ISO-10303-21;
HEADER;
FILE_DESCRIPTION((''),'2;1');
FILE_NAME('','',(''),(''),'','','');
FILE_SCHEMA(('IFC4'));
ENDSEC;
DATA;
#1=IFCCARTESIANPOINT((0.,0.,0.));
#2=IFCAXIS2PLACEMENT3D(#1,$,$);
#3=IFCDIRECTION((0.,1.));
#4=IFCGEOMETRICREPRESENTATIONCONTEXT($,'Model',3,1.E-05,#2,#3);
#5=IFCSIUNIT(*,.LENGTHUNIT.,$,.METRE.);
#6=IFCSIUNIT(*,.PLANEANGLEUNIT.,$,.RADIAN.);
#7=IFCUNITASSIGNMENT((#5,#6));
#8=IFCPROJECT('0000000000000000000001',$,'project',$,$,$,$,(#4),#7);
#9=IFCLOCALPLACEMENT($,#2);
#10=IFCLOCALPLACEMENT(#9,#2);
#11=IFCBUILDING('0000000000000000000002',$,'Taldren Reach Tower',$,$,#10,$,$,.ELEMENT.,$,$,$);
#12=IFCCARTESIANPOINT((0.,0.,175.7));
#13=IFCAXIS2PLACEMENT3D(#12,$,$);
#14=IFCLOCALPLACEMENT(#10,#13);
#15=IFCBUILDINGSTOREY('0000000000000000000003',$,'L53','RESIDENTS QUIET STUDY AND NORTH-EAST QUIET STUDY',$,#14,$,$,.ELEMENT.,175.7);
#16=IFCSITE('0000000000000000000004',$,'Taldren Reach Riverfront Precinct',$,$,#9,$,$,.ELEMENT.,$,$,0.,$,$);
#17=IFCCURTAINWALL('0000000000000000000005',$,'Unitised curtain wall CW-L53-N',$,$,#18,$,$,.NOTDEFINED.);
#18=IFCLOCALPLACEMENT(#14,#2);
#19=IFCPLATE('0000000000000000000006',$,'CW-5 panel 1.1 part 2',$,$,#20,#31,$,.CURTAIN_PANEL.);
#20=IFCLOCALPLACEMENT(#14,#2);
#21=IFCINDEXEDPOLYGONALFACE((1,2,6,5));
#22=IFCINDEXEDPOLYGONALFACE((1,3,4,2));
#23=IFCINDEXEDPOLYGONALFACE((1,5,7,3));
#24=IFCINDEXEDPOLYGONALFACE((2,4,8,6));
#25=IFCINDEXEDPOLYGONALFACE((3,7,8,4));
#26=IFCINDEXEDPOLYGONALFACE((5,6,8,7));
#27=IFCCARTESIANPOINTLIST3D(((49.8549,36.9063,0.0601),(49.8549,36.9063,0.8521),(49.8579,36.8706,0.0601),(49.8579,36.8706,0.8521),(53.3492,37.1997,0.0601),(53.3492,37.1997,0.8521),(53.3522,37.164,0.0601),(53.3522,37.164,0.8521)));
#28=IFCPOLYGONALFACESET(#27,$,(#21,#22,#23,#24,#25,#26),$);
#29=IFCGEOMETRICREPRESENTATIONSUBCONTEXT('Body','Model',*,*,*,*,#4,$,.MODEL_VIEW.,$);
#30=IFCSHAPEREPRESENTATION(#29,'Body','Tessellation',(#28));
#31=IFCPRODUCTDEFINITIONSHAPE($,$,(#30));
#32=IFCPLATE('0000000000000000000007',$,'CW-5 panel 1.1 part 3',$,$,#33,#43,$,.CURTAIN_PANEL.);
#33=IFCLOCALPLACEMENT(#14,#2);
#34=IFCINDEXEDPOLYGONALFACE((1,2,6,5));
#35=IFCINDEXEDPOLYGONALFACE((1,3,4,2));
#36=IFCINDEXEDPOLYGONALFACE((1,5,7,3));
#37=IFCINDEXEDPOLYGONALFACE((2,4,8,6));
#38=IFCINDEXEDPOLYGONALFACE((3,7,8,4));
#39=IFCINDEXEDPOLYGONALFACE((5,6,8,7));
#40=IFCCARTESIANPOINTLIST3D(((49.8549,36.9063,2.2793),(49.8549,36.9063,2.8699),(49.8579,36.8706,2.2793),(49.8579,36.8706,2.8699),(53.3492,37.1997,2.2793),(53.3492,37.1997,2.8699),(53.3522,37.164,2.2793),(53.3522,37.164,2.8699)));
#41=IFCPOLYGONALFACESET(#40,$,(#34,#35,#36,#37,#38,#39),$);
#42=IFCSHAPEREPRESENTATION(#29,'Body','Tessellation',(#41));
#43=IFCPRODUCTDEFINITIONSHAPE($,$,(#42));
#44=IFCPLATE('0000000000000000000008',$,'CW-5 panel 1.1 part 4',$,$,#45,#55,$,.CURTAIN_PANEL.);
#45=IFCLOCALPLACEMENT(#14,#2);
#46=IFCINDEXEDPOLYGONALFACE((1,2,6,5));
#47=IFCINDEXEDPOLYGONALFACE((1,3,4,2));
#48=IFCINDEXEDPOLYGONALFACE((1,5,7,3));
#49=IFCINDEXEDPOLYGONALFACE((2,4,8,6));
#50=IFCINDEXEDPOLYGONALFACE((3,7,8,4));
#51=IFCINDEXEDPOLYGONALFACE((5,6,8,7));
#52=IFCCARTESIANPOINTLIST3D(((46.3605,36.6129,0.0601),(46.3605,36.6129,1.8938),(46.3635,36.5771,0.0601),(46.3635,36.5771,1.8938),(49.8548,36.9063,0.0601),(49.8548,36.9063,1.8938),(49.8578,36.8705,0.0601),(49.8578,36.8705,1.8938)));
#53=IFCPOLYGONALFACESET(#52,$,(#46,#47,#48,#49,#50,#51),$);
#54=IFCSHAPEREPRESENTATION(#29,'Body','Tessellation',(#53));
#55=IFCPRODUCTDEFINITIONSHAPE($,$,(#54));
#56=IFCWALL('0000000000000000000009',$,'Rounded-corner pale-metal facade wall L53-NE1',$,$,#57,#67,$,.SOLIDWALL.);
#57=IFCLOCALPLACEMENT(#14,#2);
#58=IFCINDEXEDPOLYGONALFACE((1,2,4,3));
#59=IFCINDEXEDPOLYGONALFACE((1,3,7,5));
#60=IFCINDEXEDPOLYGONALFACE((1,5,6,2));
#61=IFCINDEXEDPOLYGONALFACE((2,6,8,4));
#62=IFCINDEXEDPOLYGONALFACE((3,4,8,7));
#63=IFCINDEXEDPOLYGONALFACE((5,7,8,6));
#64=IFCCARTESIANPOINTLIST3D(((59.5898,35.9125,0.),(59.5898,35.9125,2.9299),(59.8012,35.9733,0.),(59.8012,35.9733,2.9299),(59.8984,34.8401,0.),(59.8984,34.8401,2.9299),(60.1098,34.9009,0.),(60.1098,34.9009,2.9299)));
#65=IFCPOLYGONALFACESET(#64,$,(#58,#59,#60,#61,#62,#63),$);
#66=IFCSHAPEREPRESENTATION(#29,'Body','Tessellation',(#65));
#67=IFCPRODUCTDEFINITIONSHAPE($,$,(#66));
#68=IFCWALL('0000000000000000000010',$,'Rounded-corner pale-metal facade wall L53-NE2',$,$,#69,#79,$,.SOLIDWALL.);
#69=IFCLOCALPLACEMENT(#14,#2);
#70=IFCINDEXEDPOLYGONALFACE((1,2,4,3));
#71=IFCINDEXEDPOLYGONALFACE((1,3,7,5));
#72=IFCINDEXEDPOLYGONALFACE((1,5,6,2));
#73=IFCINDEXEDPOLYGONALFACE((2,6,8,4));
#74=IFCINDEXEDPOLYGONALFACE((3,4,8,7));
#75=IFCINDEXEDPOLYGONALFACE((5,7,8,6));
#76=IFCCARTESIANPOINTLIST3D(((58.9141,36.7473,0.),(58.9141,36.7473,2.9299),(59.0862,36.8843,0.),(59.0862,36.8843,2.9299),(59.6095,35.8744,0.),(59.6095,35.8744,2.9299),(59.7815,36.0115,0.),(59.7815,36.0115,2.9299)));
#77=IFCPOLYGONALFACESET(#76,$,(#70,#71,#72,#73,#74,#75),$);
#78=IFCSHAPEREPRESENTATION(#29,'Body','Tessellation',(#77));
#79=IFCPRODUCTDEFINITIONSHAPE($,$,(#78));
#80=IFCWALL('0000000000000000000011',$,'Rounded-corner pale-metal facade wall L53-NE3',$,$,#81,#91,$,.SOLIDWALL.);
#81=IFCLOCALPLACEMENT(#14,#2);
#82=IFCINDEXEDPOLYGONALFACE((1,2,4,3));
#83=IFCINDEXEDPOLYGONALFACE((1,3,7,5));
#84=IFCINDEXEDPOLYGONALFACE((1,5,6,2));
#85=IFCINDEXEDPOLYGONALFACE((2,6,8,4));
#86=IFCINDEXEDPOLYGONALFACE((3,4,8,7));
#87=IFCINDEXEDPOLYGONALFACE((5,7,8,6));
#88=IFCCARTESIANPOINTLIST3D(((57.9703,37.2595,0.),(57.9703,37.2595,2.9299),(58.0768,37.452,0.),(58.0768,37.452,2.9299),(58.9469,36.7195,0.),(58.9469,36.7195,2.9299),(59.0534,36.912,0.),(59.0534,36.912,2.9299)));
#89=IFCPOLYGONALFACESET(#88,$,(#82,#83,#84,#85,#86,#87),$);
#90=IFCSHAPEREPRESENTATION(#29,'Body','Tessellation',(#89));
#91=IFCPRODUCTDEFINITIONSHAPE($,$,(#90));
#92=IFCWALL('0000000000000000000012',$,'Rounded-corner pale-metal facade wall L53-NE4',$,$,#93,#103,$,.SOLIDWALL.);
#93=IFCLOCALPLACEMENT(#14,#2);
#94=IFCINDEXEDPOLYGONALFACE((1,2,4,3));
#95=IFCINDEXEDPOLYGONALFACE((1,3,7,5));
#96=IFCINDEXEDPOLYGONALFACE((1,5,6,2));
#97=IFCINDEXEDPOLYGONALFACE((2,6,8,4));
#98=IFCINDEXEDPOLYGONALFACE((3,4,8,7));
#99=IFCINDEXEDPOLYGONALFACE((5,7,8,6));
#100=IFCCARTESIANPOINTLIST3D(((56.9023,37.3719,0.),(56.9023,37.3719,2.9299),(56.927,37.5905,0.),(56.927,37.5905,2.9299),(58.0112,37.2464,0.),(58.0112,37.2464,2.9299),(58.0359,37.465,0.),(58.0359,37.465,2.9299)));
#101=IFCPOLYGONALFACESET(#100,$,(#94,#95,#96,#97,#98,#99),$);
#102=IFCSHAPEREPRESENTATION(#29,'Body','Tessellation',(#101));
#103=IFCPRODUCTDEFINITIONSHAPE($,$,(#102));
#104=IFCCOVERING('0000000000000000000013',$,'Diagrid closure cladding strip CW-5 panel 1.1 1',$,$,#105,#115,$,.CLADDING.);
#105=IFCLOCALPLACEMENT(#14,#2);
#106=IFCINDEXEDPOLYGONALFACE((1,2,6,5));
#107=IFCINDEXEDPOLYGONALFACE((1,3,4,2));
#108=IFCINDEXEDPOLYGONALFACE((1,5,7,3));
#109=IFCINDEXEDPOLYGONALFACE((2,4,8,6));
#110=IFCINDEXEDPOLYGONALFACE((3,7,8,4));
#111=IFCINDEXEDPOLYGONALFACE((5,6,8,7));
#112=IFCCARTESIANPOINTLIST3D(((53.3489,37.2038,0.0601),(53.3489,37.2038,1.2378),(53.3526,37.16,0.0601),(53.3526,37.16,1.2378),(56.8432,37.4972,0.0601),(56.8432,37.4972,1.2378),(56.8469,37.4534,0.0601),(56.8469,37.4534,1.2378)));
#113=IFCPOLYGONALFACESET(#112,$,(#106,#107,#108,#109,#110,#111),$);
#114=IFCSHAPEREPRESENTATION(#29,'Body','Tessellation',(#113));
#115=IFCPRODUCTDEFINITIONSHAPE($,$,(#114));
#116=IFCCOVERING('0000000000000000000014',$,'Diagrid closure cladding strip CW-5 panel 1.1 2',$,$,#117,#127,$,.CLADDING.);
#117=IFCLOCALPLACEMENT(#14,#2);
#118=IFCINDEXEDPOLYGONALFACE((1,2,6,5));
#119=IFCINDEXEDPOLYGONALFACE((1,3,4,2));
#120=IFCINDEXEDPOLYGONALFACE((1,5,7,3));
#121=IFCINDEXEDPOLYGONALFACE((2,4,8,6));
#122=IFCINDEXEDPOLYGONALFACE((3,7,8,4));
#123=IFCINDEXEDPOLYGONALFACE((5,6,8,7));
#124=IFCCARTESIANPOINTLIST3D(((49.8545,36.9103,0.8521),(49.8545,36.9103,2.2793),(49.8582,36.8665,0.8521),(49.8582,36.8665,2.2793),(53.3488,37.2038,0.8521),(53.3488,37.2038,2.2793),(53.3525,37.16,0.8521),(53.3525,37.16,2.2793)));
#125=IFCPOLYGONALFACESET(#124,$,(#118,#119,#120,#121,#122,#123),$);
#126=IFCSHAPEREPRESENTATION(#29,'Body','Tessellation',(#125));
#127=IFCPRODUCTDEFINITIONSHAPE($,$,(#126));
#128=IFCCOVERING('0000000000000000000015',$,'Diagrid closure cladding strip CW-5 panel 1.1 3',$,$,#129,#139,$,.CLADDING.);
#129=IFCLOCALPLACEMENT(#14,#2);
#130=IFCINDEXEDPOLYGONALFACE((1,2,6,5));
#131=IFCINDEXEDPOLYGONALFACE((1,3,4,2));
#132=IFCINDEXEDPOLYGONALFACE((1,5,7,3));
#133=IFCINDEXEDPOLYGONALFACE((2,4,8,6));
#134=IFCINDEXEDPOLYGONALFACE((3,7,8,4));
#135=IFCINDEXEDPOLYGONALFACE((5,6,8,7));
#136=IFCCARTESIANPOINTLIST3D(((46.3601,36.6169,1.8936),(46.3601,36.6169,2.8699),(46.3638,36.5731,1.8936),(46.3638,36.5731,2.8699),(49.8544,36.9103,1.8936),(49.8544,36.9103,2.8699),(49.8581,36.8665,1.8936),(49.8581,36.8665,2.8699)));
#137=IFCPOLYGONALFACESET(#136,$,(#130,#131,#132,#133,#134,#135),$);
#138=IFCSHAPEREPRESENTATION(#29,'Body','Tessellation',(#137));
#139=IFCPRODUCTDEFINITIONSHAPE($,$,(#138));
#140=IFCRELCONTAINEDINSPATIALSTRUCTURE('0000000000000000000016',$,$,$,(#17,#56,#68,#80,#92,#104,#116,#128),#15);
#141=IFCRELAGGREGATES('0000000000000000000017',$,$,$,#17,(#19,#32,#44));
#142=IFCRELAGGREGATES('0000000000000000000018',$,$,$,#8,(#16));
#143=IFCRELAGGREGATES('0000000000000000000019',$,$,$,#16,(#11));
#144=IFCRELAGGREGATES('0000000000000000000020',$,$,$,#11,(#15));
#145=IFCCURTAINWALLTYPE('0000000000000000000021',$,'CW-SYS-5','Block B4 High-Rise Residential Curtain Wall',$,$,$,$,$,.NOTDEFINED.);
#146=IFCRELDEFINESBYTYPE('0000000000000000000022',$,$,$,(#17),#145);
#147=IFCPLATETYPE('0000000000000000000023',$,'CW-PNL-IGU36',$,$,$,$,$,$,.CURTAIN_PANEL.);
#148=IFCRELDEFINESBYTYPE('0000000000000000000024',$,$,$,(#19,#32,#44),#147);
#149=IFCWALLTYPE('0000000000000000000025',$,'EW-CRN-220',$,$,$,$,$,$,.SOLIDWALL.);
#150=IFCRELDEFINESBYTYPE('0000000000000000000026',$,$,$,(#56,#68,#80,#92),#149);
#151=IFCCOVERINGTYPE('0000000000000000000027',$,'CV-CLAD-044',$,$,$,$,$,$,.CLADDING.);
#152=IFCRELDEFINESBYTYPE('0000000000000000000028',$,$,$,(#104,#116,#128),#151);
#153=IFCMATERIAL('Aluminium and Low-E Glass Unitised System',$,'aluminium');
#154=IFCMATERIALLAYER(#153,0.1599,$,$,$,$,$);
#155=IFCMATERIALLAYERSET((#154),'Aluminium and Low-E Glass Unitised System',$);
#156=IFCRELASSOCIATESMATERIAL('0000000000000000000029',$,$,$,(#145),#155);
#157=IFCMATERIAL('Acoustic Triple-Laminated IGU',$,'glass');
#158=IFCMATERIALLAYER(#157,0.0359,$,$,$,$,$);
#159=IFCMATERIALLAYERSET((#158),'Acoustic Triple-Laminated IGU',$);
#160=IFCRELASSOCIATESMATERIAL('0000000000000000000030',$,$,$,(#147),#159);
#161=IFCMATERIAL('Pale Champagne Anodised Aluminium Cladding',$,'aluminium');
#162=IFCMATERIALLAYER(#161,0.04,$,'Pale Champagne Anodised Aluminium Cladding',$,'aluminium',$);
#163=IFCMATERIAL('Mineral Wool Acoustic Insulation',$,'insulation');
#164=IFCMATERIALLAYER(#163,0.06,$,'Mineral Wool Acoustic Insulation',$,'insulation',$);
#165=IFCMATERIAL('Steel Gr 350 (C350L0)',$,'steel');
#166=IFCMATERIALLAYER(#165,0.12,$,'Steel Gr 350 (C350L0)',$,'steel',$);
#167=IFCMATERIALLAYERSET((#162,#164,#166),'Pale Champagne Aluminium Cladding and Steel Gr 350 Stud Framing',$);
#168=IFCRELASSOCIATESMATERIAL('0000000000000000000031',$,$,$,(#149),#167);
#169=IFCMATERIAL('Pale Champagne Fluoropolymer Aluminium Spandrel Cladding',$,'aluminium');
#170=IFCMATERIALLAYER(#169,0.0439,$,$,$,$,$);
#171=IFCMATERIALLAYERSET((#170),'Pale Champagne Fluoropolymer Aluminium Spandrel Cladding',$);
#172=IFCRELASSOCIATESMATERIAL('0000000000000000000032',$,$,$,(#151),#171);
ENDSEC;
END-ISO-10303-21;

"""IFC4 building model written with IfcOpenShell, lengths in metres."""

from ifc_helpers import new_model, si_unit, direction, frame, frame_2d, origin, origin_2d, place, context, subcontext, project, spatial, rectangle, extrude, source, transform, mapped, material, layer, layer_set, type_object, element, aggregate, save


model = new_model("IFC4")

# Units and contexts
model_context = context("Model", 3, precision=1e-05, world=origin(), true_north=direction((0.0, 1.0)))
body_context = subcontext(model_context, "Body", "Model", "MODEL_VIEW")
ifc_project = project(units=[si_unit("LENGTHUNIT", "METRE"), si_unit("PLANEANGLEUNIT", "RADIAN")], contexts=[model_context])

# Site, building, storey
site_placement = place(None, origin())
site = spatial("IfcSite", under=ifc_project, at=site_placement, Name="Taldren Reach Riverfront Precinct", CompositionType="ELEMENT", RefElevation=0.0)
building_placement = place(site_placement, origin())
building = spatial("IfcBuilding", under=site, at=building_placement, Name="Taldren Reach Tower", CompositionType="ELEMENT")
storey_placement = place(building_placement, frame((0.0, 0.0, 175.7)))
storey = spatial("IfcBuildingStorey", under=building, at=storey_placement, Name="L53", Description="RESIDENTS QUIET STUDY AND NORTH-EAST QUIET STUDY", CompositionType="ELEMENT", Elevation=175.7)

# Shared definitions
ifc_material_1 = material(Name="Steel Gr 350 (C350L0)", Category="steel")

# Curtain wall
ifc_material_2 = material(Name="Aluminium and Low-E Glass Unitised System", Category="aluminium")
ifc_layer_1 = layer(ifc_material_2, 0.1599)
ifc_layer_set_1 = layer_set([ifc_layer_1], Name="Aluminium and Low-E Glass Unitised System")
curtain_wall_type = type_object("IfcCurtainWallType", Name="CW-SYS-5", Description="Block B4 High-Rise Residential Curtain Wall", PredefinedType="NOTDEFINED", material=ifc_layer_set_1)
curtain_wall_placement = place(storey_placement, origin())
curtain_wall = element("IfcCurtainWall", 1, at=curtain_wall_placement, inside=storey, type_object=curtain_wall_type, Name="Unitised curtain wall CW-L53-N", PredefinedType="NOTDEFINED")

# Plates
ifc_material_3 = material(Name="Acoustic Triple-Laminated IGU", Category="glass")
ifc_layer_2 = layer(ifc_material_3, 0.0359)
ifc_layer_set_2 = layer_set([ifc_layer_2], Name="Acoustic Triple-Laminated IGU")
plate_type_1 = type_object("IfcPlateType", Name="CW-PNL-IGU36", PredefinedType="CURTAIN_PANEL", material=ifc_layer_set_2)
shared_shape_1 = source(origin(), body_context, "Body", "SweptSolid", [
    extrude(rectangle(XDim=3.5066, YDim=0.0359, at=origin_2d()), origin(), (0.0, 0.0, 1.0), 0.792),
])
plate_1_placement = place(storey_placement, frame((51.6035, 37.0352, 0.0601), z_axis=(0.0, 0.0, 1.0), x_axis=(-0.996493, -0.083678, 0.0)))
plate_1 = element("IfcPlate", 2, at=plate_1_placement, type_object=plate_type_1, Name="CW-5 panel 1.1 part 2", PredefinedType="CURTAIN_PANEL", context=body_context, shape_type="MappedRepresentation", body=[
    mapped(shared_shape_1, transform((0.0, 0.0, 0.0), scale=1.0)),
])
shared_shape_2 = source(origin(), body_context, "Body", "SweptSolid", [
    extrude(rectangle(XDim=3.5066, YDim=0.0359, at=origin_2d()), origin(), (0.0, 0.0, 1.0), 0.5906),
])
plate_2_placement = place(storey_placement, frame((51.6035, 37.0352, 2.2793), z_axis=(0.0, 0.0, 1.0), x_axis=(-0.996493, -0.083678, 0.0)))
plate_2 = element("IfcPlate", 3, at=plate_2_placement, type_object=plate_type_1, Name="CW-5 panel 1.1 part 3", PredefinedType="CURTAIN_PANEL", context=body_context, shape_type="MappedRepresentation", body=[
    mapped(shared_shape_2, transform((0.0, 0.0, 0.0), scale=1.0)),
])
shared_shape_3 = source(origin(), body_context, "Body", "SweptSolid", [
    extrude(rectangle(XDim=3.5066, YDim=0.0359, at=origin_2d()), origin(), (0.0, 0.0, 1.0), 1.8337),
])
plate_3_placement = place(storey_placement, frame((48.1091, 36.7417, 0.0601), z_axis=(0.0, 0.0, 1.0), x_axis=(-0.996493, -0.083678, 0.0)))
plate_3 = element("IfcPlate", 4, at=plate_3_placement, type_object=plate_type_1, Name="CW-5 panel 1.1 part 4", PredefinedType="CURTAIN_PANEL", context=body_context, shape_type="MappedRepresentation", body=[
    mapped(shared_shape_3, transform((0.0, 0.0, 0.0), scale=1.0)),
])
aggregate(curtain_wall, [plate_1, plate_2, plate_3])

# Walls
ifc_material_4 = material(Name="Pale Champagne Anodised Aluminium Cladding", Category="aluminium")
ifc_layer_3 = layer(ifc_material_4, 0.04, Name="Pale Champagne Anodised Aluminium Cladding", Category="aluminium")
ifc_material_5 = material(Name="Mineral Wool Acoustic Insulation", Category="insulation")
ifc_layer_4 = layer(ifc_material_5, 0.06, Name="Mineral Wool Acoustic Insulation", Category="insulation")
ifc_layer_5 = layer(ifc_material_1, 0.12, Name="Steel Gr 350 (C350L0)", Category="steel")
ifc_layer_set_3 = layer_set([ifc_layer_3, ifc_layer_4, ifc_layer_5], Name="Pale Champagne Aluminium Cladding and Steel Gr 350 Stud Framing")
wall_type = type_object("IfcWallType", Name="EW-CRN-220", PredefinedType="SOLIDWALL", material=ifc_layer_set_3)
shared_shape_4 = source(origin(), body_context, "Body", "SweptSolid", [
    extrude(rectangle(XDim=1.116, YDim=0.22, at=frame_2d((0.5581, 0.0))), origin(), (0.0, 0.0, 1.0), 2.9299),
])
for number, where, z_axis, x_axis, name in (
    (5, (60.0042, 34.8704, 0.0), (0.0, 0.0, 1.0), (-0.276512, 0.96101, 0.0), "Rounded-corner pale-metal facade wall L53-NE1"),
    (6, (59.6956, 35.9429, 0.0), (0.0, 0.0, 1.0), (-0.623093, 0.782148, 0.0), "Rounded-corner pale-metal facade wall L53-NE2"),
    (7, (59.0002, 36.8157, 0.0), (0.0, 0.0, 1.0), (-0.875105, 0.483933, 0.0), "Rounded-corner pale-metal facade wall L53-NE3"),
    (8, (58.0237, 37.3557, 0.0), (0.0, 0.0, 1.0), (-0.993658, 0.112448, 0.0), "Rounded-corner pale-metal facade wall L53-NE4"),
):
    element("IfcWall", number, at=place(storey_placement, frame(where, z_axis=z_axis, x_axis=x_axis)), inside=storey, type_object=wall_type, Name=name, PredefinedType="SOLIDWALL", context=body_context, shape_type="MappedRepresentation", body=[
        mapped(shared_shape_4, transform((0.0, 0.0, 0.0), scale=1.0)),
    ])

# Coverings
ifc_material_6 = material(Name="Pale Champagne Fluoropolymer Aluminium Spandrel Cladding", Category="aluminium")
ifc_layer_6 = layer(ifc_material_6, 0.0439)
ifc_layer_set_4 = layer_set([ifc_layer_6], Name="Pale Champagne Fluoropolymer Aluminium Spandrel Cladding")
covering_type = type_object("IfcCoveringType", Name="CV-CLAD-044", PredefinedType="CLADDING", material=ifc_layer_set_4)
shared_shape_5 = source(origin(), body_context, "Body", "SweptSolid", [
    extrude(rectangle(XDim=3.5066, YDim=0.0439, at=origin_2d()), origin(), (0.0, 0.0, 1.0), 1.1777),
])
covering_1_placement = place(storey_placement, frame((55.0979, 37.3286, 0.0601), z_axis=(0.0, 0.0, 1.0), x_axis=(-0.996493, -0.083678, 0.0)))
element("IfcCovering", 9, at=covering_1_placement, inside=storey, type_object=covering_type, Name="Diagrid closure cladding strip CW-5 panel 1.1 1", PredefinedType="CLADDING", context=body_context, shape_type="MappedRepresentation", body=[
    mapped(shared_shape_5, transform((0.0, 0.0, 0.0), scale=1.0)),
])
shared_shape_6 = source(origin(), body_context, "Body", "SweptSolid", [
    extrude(rectangle(XDim=3.5066, YDim=0.0439, at=origin_2d()), origin(), (0.0, 0.0, 1.0), 1.4272),
])
covering_2_placement = place(storey_placement, frame((51.6035, 37.0352, 0.8521), z_axis=(0.0, 0.0, 1.0), x_axis=(-0.996493, -0.083678, 0.0)))
element("IfcCovering", 10, at=covering_2_placement, inside=storey, type_object=covering_type, Name="Diagrid closure cladding strip CW-5 panel 1.1 2", PredefinedType="CLADDING", context=body_context, shape_type="MappedRepresentation", body=[
    mapped(shared_shape_6, transform((0.0, 0.0, 0.0), scale=1.0)),
])
shared_shape_7 = source(origin(), body_context, "Body", "SweptSolid", [
    extrude(rectangle(XDim=3.5066, YDim=0.0439, at=origin_2d()), origin(), (0.0, 0.0, 1.0), 0.9763),
])
covering_3_placement = place(storey_placement, frame((48.1091, 36.7417, 1.8936), z_axis=(0.0, 0.0, 1.0), x_axis=(-0.996493, -0.083678, 0.0)))
element("IfcCovering", 11, at=covering_3_placement, inside=storey, type_object=covering_type, Name="Diagrid closure cladding strip CW-5 panel 1.1 3", PredefinedType="CLADDING", context=body_context, shape_type="MappedRepresentation", body=[
    mapped(shared_shape_7, transform((0.0, 0.0, 0.0), scale=1.0)),
])

save(model, "model.ifc")
